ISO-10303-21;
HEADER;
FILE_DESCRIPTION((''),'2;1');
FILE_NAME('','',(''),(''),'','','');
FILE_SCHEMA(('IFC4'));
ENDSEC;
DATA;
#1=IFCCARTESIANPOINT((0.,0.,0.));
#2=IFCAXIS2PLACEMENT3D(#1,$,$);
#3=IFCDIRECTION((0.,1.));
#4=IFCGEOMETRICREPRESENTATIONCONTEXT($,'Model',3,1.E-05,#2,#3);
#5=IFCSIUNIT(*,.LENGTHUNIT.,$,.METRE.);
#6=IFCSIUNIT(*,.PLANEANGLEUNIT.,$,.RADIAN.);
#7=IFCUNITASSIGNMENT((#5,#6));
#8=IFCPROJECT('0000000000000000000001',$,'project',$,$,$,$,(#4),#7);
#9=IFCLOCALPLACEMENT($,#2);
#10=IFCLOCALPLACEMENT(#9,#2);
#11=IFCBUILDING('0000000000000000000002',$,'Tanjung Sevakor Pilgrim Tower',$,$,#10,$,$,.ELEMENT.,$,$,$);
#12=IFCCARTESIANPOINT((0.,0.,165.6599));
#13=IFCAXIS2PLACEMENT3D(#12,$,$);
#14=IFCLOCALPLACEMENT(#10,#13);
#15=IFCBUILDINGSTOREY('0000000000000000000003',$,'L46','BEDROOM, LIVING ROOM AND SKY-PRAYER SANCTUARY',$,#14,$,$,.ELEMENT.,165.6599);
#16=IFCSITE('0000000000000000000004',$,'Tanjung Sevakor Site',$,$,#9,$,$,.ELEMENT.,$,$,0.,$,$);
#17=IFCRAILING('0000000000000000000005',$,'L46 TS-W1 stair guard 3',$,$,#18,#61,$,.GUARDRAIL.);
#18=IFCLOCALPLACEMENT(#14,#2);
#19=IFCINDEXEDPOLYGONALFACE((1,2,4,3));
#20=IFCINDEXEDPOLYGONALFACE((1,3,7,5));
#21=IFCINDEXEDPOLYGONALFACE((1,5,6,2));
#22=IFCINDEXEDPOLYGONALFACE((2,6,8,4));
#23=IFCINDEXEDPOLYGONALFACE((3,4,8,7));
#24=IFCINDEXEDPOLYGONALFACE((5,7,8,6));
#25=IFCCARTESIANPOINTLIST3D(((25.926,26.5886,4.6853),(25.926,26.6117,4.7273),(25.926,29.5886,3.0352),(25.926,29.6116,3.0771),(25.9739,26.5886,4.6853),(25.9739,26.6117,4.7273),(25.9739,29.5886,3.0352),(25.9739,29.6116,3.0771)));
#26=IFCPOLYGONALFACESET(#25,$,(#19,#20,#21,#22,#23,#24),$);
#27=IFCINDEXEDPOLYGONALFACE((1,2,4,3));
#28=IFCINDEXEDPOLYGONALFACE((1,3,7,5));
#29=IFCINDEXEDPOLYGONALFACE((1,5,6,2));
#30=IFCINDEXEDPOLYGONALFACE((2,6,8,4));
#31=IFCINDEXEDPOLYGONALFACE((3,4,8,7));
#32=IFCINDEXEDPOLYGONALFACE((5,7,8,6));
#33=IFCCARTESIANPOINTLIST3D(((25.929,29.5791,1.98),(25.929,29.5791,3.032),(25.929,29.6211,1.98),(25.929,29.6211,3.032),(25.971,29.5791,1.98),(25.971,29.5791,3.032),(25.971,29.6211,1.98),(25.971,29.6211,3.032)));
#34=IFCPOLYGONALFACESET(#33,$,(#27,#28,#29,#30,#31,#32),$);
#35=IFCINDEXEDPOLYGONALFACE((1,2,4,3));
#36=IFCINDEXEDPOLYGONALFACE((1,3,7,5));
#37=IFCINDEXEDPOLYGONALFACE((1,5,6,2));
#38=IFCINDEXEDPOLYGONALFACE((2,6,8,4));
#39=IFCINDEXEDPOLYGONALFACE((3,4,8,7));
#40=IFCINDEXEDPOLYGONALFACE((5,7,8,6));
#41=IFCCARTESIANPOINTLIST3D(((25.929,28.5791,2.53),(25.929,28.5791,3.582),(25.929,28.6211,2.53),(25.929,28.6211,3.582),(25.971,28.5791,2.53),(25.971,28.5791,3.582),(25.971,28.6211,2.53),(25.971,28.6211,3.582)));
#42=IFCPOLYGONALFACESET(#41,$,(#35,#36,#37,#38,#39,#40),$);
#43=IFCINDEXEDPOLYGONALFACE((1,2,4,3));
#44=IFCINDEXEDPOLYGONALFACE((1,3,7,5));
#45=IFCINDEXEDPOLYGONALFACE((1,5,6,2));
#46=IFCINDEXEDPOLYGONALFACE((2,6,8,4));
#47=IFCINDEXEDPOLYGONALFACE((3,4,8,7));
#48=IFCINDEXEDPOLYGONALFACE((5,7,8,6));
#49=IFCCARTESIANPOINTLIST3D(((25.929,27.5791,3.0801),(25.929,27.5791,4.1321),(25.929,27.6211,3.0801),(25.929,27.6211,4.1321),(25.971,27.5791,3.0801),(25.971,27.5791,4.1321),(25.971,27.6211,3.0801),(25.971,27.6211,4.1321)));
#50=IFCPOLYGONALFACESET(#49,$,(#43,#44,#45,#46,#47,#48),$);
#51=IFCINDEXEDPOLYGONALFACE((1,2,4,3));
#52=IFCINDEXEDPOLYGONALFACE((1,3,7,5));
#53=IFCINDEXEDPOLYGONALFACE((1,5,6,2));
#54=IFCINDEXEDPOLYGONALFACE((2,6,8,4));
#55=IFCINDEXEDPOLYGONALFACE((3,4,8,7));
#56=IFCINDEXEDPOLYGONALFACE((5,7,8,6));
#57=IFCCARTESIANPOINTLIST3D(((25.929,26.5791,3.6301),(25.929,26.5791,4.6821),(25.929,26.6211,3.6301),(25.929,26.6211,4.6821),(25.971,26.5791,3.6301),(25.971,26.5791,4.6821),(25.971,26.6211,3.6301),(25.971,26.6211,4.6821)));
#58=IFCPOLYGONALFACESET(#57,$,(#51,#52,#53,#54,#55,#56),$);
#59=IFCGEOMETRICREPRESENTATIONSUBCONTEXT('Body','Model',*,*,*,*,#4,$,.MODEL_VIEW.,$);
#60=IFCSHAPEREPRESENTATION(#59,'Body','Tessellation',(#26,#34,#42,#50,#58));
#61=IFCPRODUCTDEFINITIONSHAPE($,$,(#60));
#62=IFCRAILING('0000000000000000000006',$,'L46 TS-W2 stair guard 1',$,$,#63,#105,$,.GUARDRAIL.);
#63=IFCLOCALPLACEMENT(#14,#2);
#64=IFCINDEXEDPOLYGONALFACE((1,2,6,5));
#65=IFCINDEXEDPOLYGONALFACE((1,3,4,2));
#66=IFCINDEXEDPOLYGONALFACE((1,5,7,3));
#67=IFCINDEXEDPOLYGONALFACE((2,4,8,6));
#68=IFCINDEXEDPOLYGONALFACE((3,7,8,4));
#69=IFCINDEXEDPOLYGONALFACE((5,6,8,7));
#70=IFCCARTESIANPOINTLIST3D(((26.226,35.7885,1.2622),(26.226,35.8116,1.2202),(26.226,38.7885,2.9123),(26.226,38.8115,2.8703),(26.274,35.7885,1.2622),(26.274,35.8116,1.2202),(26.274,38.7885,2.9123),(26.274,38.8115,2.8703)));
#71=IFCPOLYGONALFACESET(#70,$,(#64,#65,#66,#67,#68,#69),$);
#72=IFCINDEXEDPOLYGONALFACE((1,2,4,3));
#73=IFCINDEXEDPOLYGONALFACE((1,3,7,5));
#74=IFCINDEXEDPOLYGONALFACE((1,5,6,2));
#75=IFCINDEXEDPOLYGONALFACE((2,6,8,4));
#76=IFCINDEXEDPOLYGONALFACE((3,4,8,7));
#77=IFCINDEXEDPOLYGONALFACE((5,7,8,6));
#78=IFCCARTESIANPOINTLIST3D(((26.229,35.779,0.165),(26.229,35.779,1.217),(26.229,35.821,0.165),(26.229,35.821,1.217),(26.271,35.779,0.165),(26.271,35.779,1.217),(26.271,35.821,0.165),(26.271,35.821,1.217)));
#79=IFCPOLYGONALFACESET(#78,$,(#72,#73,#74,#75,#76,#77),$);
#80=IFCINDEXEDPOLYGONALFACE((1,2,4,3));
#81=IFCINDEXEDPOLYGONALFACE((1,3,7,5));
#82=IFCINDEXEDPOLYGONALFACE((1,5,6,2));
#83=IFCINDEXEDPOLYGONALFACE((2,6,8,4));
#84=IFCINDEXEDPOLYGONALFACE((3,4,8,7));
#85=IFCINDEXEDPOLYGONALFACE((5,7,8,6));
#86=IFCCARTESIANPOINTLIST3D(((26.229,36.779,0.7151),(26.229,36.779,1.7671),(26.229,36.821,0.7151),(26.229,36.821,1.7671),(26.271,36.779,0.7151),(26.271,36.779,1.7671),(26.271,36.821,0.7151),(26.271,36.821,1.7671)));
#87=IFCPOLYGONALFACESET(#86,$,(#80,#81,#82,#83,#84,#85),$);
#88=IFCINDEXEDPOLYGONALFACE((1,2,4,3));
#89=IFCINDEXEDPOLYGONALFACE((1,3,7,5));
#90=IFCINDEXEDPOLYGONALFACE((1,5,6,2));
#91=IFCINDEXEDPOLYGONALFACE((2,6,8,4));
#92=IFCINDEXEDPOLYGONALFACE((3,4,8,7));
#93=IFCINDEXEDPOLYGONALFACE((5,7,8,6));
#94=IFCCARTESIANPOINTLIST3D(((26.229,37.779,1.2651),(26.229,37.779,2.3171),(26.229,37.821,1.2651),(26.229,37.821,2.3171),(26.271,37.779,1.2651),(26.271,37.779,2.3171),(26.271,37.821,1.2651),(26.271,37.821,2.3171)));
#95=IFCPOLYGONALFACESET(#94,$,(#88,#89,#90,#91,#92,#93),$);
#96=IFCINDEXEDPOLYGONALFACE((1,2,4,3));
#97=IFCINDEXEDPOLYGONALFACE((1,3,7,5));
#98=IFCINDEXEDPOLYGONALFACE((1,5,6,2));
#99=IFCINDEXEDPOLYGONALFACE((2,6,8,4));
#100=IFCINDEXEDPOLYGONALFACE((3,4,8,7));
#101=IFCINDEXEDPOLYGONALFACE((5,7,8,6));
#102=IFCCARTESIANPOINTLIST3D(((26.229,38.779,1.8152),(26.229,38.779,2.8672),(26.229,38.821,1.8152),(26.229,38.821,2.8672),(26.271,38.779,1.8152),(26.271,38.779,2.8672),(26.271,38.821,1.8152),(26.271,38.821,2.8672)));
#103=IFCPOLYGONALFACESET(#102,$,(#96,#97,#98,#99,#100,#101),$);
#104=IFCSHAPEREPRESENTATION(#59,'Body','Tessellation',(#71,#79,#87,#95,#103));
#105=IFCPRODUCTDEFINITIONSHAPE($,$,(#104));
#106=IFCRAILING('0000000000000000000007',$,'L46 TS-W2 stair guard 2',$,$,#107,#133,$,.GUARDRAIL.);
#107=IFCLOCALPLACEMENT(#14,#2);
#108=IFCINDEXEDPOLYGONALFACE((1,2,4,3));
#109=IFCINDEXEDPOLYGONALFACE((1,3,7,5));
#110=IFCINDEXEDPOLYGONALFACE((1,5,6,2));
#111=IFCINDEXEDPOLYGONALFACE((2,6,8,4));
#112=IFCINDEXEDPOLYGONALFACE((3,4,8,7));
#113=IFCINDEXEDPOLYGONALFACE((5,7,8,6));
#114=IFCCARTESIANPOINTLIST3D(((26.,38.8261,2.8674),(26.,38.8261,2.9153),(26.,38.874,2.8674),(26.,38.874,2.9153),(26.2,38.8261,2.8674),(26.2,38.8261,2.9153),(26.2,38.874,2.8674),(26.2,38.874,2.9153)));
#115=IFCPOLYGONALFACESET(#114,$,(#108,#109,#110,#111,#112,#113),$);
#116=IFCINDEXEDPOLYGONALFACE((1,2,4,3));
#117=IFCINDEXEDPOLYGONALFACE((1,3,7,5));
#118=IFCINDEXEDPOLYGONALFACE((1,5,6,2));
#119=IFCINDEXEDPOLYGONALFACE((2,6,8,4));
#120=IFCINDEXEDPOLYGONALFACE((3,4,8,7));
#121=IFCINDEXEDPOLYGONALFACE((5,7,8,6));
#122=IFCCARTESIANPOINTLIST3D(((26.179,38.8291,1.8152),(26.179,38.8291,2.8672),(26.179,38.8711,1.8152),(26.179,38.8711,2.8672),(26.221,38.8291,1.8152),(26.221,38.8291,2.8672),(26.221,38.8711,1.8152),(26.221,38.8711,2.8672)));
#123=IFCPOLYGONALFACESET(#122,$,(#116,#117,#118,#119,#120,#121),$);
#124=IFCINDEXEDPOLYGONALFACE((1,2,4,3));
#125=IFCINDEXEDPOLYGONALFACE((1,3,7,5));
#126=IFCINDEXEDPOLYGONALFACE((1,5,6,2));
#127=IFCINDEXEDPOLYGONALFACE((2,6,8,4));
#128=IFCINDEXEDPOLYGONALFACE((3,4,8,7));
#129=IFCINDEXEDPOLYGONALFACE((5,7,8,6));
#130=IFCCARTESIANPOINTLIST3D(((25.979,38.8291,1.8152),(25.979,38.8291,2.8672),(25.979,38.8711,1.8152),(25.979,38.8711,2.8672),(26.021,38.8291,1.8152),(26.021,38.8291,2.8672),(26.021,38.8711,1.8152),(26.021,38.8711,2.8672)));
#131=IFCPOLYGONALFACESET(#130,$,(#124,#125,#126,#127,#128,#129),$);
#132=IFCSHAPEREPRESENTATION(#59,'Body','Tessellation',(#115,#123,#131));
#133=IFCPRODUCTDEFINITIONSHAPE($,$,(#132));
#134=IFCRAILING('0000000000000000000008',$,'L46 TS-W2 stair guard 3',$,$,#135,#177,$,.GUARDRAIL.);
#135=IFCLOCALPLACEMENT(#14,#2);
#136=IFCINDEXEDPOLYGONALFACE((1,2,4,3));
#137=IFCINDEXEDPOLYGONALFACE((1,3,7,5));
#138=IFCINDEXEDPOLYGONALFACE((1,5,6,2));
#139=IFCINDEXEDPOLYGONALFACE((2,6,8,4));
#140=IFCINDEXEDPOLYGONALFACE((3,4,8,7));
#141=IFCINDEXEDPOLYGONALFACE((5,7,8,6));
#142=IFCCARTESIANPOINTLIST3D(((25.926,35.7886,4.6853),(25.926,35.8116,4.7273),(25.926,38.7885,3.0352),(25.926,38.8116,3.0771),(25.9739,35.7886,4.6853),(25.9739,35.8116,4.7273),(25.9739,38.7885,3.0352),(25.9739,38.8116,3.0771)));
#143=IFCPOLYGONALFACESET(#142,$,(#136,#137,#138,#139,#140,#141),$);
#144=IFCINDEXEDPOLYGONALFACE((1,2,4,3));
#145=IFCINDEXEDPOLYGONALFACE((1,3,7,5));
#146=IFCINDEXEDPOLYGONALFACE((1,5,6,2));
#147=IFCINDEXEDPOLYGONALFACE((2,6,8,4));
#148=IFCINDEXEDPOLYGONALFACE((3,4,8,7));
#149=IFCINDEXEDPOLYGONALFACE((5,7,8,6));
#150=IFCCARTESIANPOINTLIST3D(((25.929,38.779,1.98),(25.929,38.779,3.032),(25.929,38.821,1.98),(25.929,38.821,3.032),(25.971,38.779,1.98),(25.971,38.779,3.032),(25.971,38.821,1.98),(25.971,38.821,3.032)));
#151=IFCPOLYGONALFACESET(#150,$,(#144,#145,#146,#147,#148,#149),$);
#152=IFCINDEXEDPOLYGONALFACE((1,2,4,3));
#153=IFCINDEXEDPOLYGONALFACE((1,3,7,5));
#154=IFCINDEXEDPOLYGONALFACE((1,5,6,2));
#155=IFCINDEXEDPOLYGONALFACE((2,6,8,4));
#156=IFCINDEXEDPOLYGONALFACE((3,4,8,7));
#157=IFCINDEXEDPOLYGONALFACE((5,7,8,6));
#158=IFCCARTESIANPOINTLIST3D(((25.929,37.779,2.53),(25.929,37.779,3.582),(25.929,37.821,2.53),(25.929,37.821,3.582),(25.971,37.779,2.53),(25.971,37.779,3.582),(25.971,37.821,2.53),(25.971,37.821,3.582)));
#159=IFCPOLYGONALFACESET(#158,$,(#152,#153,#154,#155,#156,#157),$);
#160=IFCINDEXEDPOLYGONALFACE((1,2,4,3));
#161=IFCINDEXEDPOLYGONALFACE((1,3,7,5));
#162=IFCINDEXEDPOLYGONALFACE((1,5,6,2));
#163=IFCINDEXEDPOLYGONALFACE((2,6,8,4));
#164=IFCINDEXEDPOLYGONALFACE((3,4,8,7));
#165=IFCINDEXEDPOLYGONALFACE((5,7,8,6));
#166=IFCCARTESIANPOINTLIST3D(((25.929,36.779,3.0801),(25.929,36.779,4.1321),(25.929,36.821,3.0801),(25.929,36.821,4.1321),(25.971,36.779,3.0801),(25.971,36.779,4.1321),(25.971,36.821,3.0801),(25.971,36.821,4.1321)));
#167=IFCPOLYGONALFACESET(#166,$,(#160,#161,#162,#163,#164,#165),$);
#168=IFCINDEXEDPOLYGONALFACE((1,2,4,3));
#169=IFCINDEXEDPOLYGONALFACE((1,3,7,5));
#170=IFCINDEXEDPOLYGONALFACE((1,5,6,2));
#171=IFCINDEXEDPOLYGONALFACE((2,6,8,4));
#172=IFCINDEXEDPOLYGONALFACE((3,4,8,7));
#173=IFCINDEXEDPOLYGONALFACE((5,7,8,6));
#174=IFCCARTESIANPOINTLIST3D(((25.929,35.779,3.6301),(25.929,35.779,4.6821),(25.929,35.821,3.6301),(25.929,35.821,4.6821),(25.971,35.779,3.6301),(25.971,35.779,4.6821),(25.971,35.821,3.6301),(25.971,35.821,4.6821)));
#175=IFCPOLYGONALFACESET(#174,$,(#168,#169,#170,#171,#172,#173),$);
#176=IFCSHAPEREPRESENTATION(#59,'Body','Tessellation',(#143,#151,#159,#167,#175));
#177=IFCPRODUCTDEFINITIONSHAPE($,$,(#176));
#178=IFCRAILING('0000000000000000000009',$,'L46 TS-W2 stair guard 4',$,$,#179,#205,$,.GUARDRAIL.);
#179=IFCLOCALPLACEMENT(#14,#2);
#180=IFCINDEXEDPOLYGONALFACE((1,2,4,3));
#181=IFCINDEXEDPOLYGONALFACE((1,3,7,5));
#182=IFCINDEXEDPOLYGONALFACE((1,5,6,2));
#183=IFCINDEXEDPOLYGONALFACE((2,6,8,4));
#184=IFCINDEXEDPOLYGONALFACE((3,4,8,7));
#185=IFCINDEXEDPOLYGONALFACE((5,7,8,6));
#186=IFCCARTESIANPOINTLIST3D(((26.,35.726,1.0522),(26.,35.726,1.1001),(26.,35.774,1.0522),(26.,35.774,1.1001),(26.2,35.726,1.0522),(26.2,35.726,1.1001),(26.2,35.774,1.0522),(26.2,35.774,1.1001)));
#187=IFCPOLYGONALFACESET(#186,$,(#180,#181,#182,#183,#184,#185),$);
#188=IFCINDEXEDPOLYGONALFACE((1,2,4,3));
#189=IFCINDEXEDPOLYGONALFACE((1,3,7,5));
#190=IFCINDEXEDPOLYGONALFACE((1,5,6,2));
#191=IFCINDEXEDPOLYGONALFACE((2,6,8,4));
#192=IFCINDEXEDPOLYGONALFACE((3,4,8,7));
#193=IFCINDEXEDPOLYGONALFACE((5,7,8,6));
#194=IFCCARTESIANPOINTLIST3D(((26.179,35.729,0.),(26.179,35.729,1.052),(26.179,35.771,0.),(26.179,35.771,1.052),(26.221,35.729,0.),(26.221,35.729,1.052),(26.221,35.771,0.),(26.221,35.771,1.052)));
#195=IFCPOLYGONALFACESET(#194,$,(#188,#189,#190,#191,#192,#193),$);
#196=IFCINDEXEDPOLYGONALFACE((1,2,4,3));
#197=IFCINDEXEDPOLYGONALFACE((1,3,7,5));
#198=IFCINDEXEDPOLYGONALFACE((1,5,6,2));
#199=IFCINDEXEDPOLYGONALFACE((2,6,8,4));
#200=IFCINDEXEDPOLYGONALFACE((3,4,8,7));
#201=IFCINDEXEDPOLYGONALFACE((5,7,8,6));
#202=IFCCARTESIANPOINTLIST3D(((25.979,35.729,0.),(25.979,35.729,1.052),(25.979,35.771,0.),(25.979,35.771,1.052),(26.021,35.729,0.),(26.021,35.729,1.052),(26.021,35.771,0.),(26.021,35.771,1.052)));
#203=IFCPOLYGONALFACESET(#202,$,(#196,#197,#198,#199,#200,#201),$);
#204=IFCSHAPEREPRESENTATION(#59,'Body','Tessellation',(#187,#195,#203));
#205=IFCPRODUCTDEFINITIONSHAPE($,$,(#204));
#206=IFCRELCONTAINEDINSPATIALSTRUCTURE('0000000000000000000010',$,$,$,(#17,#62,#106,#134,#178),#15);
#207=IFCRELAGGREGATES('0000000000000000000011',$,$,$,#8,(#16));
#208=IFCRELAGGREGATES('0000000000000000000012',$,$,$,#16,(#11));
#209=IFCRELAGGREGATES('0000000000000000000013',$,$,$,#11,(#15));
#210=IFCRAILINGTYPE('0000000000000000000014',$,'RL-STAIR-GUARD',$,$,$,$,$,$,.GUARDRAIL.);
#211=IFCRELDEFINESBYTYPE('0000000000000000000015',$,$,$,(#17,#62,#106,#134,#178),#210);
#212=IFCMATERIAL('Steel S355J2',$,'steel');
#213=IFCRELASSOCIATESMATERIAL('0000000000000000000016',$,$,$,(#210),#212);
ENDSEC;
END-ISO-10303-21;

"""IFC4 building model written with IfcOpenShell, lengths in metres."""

from ifc_helpers import new_model, si_unit, direction, frame, origin, place, context, subcontext, project, spatial, rectangle, extrude, material, type_object, element, save


model = new_model("IFC4")

# Units and contexts
model_context = context("Model", 3, precision=1e-05, world=origin(), true_north=direction((0.0, 1.0)))
body_context = subcontext(model_context, "Body", "Model", "MODEL_VIEW")
ifc_project = project(units=[si_unit("LENGTHUNIT", "METRE"), si_unit("PLANEANGLEUNIT", "RADIAN")], contexts=[model_context])

# Site, building, storey
site_placement = place(None, origin())
site = spatial("IfcSite", under=ifc_project, at=site_placement, Name="Tanjung Sevakor Site", CompositionType="ELEMENT", RefElevation=0.0)
building_placement = place(site_placement, origin())
building = spatial("IfcBuilding", under=site, at=building_placement, Name="Tanjung Sevakor Pilgrim Tower", CompositionType="ELEMENT")
storey_placement = place(building_placement, frame((0.0, 0.0, 165.6599)))
storey = spatial("IfcBuildingStorey", under=building, at=storey_placement, Name="L46", Description="BEDROOM, LIVING ROOM AND SKY-PRAYER SANCTUARY", CompositionType="ELEMENT", Elevation=165.6599)

# Railings
ifc_material_1 = material(Name="Steel S355J2", Category="steel")
railing_type_1 = type_object("IfcRailingType", Name="RL-STAIR-GUARD", PredefinedType="GUARDRAIL", material=ifc_material_1)
railing_1_placement = place(storey_placement, frame((25.95, 29.6001, 1.98)))
element("IfcRailing", 1, at=railing_1_placement, inside=storey, type_object=railing_type_1, Name="L46 TS-W1 stair guard 3", PredefinedType="GUARDRAIL", context=body_context, shape_type="SweptSolid", body=[
    extrude(rectangle(XDim=0.0479, YDim=0.0479), frame((0.0, 0.0, 1.0762), z_axis=(0.0, -0.876198, 0.481952), x_axis=(1.0, 0.0, 0.0)), (0.0, 0.0, 1.0), 3.4238),
    extrude(rectangle(XDim=0.042, YDim=0.042), origin(), (0.0, 0.0, 1.0), 1.052),
    extrude(rectangle(XDim=0.042, YDim=0.042), frame((0.0, -1.0, 0.55)), (0.0, 0.0, 1.0), 1.052),
    extrude(rectangle(XDim=0.042, YDim=0.042), frame((0.0, -2.0, 1.1001)), (0.0, 0.0, 1.0), 1.052),
    extrude(rectangle(XDim=0.042, YDim=0.042), frame((0.0, -3.0, 1.6501)), (0.0, 0.0, 1.0), 1.052),
])
railing_2_placement = place(storey_placement, frame((26.25, 35.8, 0.165)))
element("IfcRailing", 2, at=railing_2_placement, inside=storey, type_object=railing_type_1, Name="L46 TS-W2 stair guard 1", PredefinedType="GUARDRAIL", context=body_context, shape_type="SweptSolid", body=[
    extrude(rectangle(XDim=0.0479, YDim=0.0479), frame((0.0, 0.0, 1.0762), z_axis=(0.0, 0.876198, 0.481952), x_axis=(-1.0, 0.0, 0.0)), (0.0, 0.0, 1.0), 3.4238),
    extrude(rectangle(XDim=0.042, YDim=0.042), origin(), (0.0, 0.0, 1.0), 1.052),
    extrude(rectangle(XDim=0.042, YDim=0.042), frame((0.0, 1.0, 0.55)), (0.0, 0.0, 1.0), 1.052),
    extrude(rectangle(XDim=0.042, YDim=0.042), frame((0.0, 2.0, 1.1001)), (0.0, 0.0, 1.0), 1.052),
    extrude(rectangle(XDim=0.042, YDim=0.042), frame((0.0, 3.0, 1.6501)), (0.0, 0.0, 1.0), 1.052),
])
railing_3_placement = place(storey_placement, frame((26.2, 38.8501, 1.8152)))
element("IfcRailing", 3, at=railing_3_placement, inside=storey, type_object=railing_type_1, Name="L46 TS-W2 stair guard 2", PredefinedType="GUARDRAIL", context=body_context, shape_type="SweptSolid", body=[
    extrude(rectangle(XDim=0.0479, YDim=0.0479), frame((0.0, 0.0, 1.0762), z_axis=(-1.0, 0.0, 0.0), x_axis=(0.0, -1.0, 0.0)), (0.0, 0.0, 1.0), 0.2),
    extrude(rectangle(XDim=0.042, YDim=0.042), origin(), (0.0, 0.0, 1.0), 1.052),
    extrude(rectangle(XDim=0.042, YDim=0.042), frame((-0.2, 0.0, 0.0)), (0.0, 0.0, 1.0), 1.052),
])
railing_4_placement = place(storey_placement, frame((25.95, 38.8, 1.98)))
element("IfcRailing", 4, at=railing_4_placement, inside=storey, type_object=railing_type_1, Name="L46 TS-W2 stair guard 3", PredefinedType="GUARDRAIL", context=body_context, shape_type="SweptSolid", body=[
    extrude(rectangle(XDim=0.0479, YDim=0.0479), frame((0.0, 0.0, 1.0762), z_axis=(0.0, -0.876198, 0.481952), x_axis=(1.0, 0.0, 0.0)), (0.0, 0.0, 1.0), 3.4238),
    extrude(rectangle(XDim=0.042, YDim=0.042), origin(), (0.0, 0.0, 1.0), 1.052),
    extrude(rectangle(XDim=0.042, YDim=0.042), frame((0.0, -1.0, 0.55)), (0.0, 0.0, 1.0), 1.052),
    extrude(rectangle(XDim=0.042, YDim=0.042), frame((0.0, -2.0, 1.1001)), (0.0, 0.0, 1.0), 1.052),
    extrude(rectangle(XDim=0.042, YDim=0.042), frame((0.0, -3.0, 1.6501)), (0.0, 0.0, 1.0), 1.052),
])
railing_5_placement = place(storey_placement, frame((26.2, 35.75, 0.0)))
element("IfcRailing", 5, at=railing_5_placement, inside=storey, type_object=railing_type_1, Name="L46 TS-W2 stair guard 4", PredefinedType="GUARDRAIL", context=body_context, shape_type="SweptSolid", body=[
    extrude(rectangle(XDim=0.0479, YDim=0.0479), frame((0.0, 0.0, 1.0762), z_axis=(-1.0, 0.0, 0.0), x_axis=(0.0, -1.0, 0.0)), (0.0, 0.0, 1.0), 0.2),
    extrude(rectangle(XDim=0.042, YDim=0.042), origin(), (0.0, 0.0, 1.0), 1.052),
    extrude(rectangle(XDim=0.042, YDim=0.042), frame((-0.2, 0.0, 0.0)), (0.0, 0.0, 1.0), 1.052),
])

save(model, "model.ifc")
